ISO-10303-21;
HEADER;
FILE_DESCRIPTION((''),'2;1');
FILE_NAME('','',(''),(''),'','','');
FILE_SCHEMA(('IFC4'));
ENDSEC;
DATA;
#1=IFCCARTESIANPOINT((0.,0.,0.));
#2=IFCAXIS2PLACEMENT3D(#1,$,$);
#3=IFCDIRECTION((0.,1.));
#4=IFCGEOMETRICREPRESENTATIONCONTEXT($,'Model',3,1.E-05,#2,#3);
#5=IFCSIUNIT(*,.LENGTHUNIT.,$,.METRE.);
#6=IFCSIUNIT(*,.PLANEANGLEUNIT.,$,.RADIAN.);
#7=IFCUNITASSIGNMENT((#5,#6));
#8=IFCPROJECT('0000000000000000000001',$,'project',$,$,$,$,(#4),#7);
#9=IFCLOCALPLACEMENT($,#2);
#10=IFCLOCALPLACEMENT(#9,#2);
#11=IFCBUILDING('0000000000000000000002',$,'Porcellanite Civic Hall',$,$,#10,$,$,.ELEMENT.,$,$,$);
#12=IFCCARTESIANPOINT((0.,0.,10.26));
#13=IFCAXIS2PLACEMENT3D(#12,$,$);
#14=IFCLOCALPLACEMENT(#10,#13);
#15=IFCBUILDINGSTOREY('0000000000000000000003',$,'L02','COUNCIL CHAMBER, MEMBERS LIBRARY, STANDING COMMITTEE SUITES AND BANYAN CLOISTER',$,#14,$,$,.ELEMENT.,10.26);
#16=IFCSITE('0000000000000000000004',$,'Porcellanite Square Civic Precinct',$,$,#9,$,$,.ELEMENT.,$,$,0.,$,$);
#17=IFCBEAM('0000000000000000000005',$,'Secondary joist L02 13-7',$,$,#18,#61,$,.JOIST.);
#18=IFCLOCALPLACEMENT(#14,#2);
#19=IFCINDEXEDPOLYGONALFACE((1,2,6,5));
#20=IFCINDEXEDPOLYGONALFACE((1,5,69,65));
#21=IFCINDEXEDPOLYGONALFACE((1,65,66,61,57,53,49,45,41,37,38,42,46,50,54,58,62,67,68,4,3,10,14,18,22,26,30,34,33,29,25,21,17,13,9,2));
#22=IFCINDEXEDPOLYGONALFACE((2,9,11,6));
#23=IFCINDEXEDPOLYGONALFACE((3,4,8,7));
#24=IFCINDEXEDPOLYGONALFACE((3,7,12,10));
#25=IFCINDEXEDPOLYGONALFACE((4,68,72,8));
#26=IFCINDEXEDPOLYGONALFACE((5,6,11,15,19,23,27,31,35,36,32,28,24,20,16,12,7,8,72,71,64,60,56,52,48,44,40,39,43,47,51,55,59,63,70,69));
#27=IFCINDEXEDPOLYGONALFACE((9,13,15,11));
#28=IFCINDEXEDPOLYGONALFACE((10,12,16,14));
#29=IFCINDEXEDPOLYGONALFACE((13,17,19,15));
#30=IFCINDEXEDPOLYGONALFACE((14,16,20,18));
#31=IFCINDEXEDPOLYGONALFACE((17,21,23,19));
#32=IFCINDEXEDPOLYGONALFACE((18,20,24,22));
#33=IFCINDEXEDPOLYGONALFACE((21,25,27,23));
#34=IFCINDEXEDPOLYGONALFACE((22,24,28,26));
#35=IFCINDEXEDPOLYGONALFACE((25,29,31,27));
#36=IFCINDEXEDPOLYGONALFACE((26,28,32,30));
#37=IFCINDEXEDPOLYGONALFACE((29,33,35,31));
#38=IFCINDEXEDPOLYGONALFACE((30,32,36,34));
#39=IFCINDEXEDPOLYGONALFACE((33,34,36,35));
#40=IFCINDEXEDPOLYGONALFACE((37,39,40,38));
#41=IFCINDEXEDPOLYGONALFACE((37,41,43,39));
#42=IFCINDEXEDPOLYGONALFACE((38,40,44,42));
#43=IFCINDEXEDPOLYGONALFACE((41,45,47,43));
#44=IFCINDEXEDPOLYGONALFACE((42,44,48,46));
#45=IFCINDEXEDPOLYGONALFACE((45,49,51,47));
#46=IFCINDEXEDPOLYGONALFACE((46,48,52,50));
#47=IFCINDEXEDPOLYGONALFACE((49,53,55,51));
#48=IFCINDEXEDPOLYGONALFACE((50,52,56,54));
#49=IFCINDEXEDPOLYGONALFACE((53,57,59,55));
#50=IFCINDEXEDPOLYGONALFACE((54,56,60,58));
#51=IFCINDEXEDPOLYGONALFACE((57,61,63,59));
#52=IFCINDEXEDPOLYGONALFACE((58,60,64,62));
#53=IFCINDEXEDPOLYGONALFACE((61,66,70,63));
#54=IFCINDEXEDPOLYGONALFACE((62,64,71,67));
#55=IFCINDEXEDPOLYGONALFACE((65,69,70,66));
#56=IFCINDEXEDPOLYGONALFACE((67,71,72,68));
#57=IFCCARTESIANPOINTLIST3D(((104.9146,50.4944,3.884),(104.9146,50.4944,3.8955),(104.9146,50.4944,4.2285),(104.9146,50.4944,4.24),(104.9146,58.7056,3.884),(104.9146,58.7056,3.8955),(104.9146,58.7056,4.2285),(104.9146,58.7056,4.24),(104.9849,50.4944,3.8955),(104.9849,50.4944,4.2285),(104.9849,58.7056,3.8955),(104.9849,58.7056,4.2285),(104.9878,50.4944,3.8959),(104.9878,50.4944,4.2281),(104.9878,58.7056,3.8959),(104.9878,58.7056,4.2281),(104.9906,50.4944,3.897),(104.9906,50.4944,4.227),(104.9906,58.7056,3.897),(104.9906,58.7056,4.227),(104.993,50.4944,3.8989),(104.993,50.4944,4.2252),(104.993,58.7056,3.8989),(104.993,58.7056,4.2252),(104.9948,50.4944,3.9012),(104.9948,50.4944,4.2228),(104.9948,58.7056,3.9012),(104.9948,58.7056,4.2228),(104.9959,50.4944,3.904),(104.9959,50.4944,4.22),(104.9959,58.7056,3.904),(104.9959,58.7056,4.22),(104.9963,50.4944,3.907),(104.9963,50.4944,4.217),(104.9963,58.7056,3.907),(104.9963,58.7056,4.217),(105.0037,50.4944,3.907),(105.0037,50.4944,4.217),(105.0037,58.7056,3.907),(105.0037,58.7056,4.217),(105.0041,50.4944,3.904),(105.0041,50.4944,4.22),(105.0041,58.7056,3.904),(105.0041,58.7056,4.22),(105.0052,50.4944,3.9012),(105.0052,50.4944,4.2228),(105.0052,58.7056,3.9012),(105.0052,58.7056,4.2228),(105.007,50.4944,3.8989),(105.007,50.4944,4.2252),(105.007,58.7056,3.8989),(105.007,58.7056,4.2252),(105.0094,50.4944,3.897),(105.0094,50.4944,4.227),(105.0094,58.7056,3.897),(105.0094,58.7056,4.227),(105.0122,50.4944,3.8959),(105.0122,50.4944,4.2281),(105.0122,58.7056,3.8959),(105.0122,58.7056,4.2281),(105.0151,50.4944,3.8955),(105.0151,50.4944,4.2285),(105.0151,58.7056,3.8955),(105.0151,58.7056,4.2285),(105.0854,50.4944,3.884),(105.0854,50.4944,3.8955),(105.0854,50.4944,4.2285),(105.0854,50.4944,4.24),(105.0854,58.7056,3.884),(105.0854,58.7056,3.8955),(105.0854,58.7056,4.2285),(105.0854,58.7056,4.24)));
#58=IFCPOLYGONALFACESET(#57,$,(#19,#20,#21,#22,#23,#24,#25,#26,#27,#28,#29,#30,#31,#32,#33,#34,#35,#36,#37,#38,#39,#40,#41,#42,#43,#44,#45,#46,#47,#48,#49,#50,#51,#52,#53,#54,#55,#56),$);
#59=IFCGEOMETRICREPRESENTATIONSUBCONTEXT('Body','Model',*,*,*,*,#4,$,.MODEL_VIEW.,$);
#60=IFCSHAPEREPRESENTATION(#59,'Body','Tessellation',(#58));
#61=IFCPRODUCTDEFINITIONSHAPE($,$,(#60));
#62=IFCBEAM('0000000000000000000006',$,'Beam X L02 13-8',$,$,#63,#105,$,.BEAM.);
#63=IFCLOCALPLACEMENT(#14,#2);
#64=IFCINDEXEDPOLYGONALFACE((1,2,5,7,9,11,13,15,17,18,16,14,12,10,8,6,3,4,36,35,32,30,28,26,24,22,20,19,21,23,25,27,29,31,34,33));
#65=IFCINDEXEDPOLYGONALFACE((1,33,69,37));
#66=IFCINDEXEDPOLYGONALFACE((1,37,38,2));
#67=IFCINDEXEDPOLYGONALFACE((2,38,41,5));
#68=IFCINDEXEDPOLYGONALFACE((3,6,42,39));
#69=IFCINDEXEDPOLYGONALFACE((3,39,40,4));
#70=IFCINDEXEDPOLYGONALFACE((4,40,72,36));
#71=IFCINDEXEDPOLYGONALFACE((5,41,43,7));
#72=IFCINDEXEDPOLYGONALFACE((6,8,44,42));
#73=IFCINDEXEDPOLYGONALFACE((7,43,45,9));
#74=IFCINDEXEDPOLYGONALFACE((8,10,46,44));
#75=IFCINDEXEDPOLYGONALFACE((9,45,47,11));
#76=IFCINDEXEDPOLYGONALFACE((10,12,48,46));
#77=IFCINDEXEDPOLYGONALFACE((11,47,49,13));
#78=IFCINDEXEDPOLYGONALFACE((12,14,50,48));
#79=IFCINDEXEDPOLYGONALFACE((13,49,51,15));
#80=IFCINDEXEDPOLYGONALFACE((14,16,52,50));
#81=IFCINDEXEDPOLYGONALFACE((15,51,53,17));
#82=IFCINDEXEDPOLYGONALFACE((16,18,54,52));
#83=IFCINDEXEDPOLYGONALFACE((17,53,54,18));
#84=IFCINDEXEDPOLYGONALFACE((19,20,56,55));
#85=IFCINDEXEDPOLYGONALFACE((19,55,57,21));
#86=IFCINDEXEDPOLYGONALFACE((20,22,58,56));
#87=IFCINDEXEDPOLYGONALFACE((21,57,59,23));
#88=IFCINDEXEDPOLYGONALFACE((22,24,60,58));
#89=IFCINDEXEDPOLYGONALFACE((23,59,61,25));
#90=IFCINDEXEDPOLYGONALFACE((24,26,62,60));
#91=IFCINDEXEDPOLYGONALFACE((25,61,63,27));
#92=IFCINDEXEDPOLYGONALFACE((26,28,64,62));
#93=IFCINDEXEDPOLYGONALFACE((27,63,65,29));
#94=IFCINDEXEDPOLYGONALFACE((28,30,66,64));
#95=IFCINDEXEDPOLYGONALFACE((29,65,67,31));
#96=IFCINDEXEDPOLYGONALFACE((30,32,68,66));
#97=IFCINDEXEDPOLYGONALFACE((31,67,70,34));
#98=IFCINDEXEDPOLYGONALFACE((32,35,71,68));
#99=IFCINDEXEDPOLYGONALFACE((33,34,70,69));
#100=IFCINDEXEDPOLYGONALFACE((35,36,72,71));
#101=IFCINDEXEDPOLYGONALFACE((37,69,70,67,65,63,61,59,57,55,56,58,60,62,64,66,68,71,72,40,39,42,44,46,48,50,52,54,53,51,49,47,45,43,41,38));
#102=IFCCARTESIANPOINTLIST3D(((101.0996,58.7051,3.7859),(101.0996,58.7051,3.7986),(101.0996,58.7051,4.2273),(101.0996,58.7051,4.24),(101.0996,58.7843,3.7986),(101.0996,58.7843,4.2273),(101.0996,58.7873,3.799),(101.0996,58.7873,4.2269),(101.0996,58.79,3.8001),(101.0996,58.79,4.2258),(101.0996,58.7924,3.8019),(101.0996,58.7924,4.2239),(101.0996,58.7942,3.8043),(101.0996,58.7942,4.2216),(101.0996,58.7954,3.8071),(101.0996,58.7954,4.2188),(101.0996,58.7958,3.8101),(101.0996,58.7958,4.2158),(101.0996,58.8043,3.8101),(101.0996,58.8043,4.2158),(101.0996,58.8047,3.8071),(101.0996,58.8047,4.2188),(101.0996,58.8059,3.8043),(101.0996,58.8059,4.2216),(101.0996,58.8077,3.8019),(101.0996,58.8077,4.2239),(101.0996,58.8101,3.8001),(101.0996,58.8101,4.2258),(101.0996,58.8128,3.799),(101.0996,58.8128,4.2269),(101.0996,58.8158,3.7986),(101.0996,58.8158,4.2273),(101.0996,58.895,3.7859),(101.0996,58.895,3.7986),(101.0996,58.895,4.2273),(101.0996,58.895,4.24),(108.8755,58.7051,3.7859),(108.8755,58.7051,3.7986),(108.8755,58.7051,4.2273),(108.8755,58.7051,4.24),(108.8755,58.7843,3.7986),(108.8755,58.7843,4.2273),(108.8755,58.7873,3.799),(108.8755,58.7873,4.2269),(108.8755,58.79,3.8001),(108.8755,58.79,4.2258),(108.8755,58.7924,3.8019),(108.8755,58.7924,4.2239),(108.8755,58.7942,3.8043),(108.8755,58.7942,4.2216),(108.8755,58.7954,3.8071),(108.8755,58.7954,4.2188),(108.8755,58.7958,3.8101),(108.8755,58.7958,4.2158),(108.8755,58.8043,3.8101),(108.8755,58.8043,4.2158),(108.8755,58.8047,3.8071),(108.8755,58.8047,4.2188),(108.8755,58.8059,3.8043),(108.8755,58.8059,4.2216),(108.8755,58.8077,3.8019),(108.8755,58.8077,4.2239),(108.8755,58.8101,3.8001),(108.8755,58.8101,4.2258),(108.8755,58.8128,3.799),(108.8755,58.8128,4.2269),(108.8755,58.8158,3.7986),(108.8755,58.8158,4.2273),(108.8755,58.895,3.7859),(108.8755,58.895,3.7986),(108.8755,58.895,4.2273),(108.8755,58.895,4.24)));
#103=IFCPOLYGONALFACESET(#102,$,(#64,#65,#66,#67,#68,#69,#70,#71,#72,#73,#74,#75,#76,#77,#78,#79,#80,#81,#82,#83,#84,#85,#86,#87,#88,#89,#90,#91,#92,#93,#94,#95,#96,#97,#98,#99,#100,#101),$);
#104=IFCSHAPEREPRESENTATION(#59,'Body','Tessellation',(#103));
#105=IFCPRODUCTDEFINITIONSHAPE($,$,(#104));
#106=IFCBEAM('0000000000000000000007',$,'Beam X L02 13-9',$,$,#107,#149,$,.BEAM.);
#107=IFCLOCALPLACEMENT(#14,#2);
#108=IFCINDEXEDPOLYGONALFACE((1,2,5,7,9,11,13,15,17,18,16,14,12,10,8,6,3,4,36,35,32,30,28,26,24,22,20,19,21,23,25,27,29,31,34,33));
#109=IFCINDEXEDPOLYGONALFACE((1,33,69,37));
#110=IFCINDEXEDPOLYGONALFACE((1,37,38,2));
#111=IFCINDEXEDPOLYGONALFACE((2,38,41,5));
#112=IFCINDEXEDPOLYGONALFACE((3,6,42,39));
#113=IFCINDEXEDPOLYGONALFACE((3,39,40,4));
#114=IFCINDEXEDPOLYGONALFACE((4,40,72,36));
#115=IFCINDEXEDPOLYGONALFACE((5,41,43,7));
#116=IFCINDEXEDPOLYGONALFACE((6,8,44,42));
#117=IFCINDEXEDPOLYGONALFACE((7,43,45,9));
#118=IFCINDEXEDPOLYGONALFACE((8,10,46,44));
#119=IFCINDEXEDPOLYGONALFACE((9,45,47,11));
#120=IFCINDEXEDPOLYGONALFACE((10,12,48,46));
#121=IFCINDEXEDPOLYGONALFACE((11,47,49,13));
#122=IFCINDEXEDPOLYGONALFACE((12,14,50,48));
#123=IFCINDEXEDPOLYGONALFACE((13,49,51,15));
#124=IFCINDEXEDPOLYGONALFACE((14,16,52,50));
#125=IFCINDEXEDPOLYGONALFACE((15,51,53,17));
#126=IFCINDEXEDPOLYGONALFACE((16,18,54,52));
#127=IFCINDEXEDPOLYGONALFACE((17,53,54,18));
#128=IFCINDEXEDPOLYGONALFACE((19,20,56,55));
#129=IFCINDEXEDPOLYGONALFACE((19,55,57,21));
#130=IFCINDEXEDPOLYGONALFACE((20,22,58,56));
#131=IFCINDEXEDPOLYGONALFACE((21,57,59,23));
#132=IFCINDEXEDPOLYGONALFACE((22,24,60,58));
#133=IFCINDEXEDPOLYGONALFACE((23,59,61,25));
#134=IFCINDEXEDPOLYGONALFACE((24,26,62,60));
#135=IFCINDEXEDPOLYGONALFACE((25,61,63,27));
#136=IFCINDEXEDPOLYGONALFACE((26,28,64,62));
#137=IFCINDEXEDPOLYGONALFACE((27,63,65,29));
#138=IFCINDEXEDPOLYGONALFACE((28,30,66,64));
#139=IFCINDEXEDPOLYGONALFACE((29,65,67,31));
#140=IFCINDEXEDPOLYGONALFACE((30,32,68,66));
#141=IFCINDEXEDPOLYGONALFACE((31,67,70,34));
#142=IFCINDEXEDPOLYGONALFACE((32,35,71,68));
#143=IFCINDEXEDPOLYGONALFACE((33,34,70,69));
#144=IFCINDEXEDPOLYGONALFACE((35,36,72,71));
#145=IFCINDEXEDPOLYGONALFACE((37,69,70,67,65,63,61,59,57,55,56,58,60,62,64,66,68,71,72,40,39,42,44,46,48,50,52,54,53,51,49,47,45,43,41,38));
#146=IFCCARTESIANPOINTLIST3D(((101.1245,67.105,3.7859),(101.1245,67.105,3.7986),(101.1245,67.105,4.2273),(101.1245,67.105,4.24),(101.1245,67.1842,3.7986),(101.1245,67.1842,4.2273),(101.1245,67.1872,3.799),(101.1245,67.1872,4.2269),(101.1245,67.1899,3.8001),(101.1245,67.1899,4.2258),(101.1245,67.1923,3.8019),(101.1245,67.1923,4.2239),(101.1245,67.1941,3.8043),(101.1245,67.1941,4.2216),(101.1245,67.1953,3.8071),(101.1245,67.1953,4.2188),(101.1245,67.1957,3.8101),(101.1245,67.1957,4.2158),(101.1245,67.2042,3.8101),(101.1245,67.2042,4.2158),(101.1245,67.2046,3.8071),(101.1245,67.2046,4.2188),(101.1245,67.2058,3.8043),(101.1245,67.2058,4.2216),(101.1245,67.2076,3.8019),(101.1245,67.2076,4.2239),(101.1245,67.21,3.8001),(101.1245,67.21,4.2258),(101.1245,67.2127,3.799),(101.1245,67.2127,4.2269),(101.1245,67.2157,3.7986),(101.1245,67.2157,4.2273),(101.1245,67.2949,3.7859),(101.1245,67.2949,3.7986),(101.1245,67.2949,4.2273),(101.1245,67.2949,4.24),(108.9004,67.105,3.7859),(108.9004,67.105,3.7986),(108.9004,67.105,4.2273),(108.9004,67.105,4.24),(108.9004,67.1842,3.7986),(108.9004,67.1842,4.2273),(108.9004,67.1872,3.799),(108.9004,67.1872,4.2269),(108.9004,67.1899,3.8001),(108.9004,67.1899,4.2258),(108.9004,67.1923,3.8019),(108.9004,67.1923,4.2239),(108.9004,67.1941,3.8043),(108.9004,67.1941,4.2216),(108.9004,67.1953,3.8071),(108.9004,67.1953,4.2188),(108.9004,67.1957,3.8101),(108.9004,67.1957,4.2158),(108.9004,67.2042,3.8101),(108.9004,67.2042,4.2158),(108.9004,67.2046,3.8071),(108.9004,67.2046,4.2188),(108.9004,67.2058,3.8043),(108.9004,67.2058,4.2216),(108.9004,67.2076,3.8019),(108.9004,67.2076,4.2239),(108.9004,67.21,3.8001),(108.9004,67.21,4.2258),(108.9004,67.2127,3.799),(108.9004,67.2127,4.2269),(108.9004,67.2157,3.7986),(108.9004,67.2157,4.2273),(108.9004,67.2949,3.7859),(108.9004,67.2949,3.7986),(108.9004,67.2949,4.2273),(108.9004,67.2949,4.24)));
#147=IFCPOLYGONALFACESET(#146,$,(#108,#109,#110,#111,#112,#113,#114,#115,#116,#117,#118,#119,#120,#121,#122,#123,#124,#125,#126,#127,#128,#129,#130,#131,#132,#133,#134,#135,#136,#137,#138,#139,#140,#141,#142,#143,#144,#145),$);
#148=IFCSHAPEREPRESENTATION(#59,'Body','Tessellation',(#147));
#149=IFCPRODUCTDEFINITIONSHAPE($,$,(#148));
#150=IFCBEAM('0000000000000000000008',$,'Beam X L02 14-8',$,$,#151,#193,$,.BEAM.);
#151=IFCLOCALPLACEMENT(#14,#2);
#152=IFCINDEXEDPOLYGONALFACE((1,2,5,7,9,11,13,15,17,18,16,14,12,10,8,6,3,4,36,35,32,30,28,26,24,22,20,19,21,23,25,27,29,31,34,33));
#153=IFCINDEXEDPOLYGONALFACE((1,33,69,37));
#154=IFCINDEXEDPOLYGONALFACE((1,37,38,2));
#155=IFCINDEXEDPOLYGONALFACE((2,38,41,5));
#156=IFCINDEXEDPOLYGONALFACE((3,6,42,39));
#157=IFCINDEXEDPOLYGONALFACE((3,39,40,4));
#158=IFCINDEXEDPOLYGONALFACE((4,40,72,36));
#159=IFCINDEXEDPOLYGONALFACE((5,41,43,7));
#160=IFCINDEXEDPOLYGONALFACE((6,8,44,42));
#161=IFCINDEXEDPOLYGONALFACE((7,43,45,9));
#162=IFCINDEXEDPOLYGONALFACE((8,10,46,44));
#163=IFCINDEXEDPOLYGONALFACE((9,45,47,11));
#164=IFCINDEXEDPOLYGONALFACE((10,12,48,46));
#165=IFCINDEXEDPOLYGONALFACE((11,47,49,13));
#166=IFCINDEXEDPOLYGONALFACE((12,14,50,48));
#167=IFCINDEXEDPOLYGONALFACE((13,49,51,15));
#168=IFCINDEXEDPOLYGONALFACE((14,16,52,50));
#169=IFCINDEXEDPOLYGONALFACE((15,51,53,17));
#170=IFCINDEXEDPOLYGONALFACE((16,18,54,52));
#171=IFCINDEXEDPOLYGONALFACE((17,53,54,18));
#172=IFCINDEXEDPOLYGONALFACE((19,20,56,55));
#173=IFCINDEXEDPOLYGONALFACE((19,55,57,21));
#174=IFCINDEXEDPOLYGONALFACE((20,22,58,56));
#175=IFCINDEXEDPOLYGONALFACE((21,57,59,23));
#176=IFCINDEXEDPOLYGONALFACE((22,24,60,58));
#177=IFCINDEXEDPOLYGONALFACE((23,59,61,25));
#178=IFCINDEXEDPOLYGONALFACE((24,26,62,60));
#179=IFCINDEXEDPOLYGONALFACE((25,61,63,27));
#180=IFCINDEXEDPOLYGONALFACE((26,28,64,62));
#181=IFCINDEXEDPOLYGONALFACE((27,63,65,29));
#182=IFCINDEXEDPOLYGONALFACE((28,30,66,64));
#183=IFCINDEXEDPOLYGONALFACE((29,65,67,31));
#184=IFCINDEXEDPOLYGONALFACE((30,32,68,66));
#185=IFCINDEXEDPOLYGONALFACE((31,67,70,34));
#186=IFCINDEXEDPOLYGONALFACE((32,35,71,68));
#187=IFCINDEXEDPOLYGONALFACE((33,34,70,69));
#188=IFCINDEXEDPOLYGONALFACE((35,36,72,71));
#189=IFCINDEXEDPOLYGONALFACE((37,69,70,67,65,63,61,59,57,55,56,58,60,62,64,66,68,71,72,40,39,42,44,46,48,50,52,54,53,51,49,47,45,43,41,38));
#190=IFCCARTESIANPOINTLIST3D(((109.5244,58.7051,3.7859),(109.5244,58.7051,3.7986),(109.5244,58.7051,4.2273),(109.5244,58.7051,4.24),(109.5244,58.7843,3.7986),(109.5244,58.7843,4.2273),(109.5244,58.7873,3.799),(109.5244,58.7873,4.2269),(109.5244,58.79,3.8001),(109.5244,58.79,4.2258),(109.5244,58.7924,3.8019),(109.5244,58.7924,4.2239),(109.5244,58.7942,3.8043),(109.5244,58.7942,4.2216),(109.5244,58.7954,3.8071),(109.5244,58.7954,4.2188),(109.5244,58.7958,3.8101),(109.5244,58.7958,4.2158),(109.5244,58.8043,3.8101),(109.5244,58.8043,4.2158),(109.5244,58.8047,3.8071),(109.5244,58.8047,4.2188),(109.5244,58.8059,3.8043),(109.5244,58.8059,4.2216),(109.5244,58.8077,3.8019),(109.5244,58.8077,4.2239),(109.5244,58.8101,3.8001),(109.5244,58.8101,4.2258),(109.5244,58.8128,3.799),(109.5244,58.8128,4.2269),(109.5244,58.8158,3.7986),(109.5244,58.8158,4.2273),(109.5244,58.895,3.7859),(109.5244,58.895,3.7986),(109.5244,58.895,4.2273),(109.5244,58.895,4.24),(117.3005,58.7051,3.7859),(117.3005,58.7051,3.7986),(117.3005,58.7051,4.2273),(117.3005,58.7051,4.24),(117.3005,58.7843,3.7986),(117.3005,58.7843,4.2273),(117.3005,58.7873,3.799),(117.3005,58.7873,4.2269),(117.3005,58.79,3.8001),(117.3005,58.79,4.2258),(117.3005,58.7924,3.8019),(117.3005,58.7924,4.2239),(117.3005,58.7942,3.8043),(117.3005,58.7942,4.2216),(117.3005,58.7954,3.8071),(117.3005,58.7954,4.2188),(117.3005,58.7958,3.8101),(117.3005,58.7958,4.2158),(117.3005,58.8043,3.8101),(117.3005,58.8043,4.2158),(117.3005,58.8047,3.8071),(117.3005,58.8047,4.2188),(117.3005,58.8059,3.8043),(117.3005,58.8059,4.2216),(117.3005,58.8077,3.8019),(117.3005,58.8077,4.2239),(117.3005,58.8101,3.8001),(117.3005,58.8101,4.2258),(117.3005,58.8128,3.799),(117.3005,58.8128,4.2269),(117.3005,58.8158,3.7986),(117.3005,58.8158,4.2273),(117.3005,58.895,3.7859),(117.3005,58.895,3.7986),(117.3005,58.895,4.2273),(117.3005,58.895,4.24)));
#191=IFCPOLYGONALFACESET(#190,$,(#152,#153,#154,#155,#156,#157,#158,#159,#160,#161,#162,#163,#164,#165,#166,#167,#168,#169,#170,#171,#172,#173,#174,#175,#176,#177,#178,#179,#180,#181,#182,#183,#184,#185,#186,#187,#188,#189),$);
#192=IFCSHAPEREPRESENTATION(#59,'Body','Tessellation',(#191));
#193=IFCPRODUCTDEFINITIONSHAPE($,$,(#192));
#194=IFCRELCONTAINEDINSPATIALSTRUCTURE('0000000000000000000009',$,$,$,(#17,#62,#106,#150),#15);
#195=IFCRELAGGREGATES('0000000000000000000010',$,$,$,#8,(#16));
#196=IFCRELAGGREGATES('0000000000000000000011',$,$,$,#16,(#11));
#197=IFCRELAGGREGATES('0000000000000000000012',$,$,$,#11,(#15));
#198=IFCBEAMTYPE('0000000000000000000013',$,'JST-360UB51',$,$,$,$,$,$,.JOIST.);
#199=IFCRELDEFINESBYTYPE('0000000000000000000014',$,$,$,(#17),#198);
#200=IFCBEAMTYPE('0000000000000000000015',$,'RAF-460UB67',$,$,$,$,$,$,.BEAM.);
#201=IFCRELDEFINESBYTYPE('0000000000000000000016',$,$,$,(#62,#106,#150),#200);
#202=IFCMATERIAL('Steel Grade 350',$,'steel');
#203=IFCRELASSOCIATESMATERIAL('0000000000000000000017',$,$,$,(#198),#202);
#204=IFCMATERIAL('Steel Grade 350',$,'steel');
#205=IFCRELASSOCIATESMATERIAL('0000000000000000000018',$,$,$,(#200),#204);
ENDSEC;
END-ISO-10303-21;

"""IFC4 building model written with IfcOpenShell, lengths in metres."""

from ifc_helpers import new_model, si_unit, direction, frame, origin, origin_2d, place, context, subcontext, project, spatial, i_section, extrude, material, material_profile, profile_set, type_object, element, save


model = new_model("IFC4")

# Units and contexts
model_context = context("Model", 3, precision=1e-05, world=origin(), true_north=direction((0.0, 1.0)))
body_context = subcontext(model_context, "Body", "Model", "MODEL_VIEW")
ifc_project = project(units=[si_unit("LENGTHUNIT", "METRE"), si_unit("PLANEANGLEUNIT", "RADIAN")], contexts=[model_context])

# Site, building, storey
site_placement = place(None, origin())
site = spatial("IfcSite", under=ifc_project, at=site_placement, Name="Porcellanite Square Civic Precinct", CompositionType="ELEMENT", RefElevation=0.0)
building_placement = place(site_placement, origin())
building = spatial("IfcBuilding", under=site, at=building_placement, Name="Porcellanite Civic Hall", CompositionType="ELEMENT")
storey_placement = place(building_placement, frame((0.0, 0.0, 10.26)))
storey = spatial("IfcBuildingStorey", under=building, at=storey_placement, Name="L02", Description="COUNCIL CHAMBER, MEMBERS LIBRARY, STANDING COMMITTEE SUITES AND BANYAN CLOISTER", CompositionType="ELEMENT", Elevation=10.26)

# Beams
ifc_material_1 = material(Name="Steel Grade 350", Category="steel")
ifc_material_profile_1 = material_profile(ifc_material_1, i_section(OverallWidth=0.1709, OverallDepth=0.356, WebThickness=0.0073, FlangeThickness=0.0115, FilletRadius=0.0115, at=origin_2d()), Name="360UB50.7")
ifc_profile_set_1 = profile_set([ifc_material_profile_1], Name="Steel Grade 350")
beam_type_1 = type_object("IfcBeamType", Name="JST-360UB51", PredefinedType="JOIST", material=ifc_profile_set_1)
beam_1_placement = place(storey_placement, frame((105.0, 50.4944, 4.062), z_axis=(0.0, 1.0, 0.0), x_axis=(-1.0, 0.0, 0.0)))
element("IfcBeam", 1, at=beam_1_placement, inside=storey, type_object=beam_type_1, Name="Secondary joist L02 13-7", PredefinedType="JOIST", context=body_context, shape_type="SweptSolid", body=[
    extrude(i_section(OverallWidth=0.1709, OverallDepth=0.356, WebThickness=0.0073, FlangeThickness=0.0115, FilletRadius=0.0115, at=origin_2d()), origin(), (0.0, 0.0, 1.0), 8.2112),
])
ifc_material_2 = material(Name="Steel Grade 350", Category="steel")
ifc_material_profile_2 = material_profile(ifc_material_2, i_section(OverallWidth=0.1899, OverallDepth=0.4541, WebThickness=0.0085, FlangeThickness=0.0127, FilletRadius=0.0115, at=origin_2d()), Name="460UB67.1")
ifc_profile_set_2 = profile_set([ifc_material_profile_2], Name="Steel Grade 350")
beam_type_2 = type_object("IfcBeamType", Name="RAF-460UB67", PredefinedType="BEAM", material=ifc_profile_set_2)
for number, where, z_axis, x_axis, name in (
    (2, (101.0996, 58.8, 4.0129), (1.0, 0.0, 0.0), (0.0, 1.0, 0.0), "Beam X L02 13-8"),
    (3, (101.1245, 67.2, 4.0129), (1.0, 0.0, 0.0), (0.0, 1.0, 0.0), "Beam X L02 13-9"),
):
    element("IfcBeam", number, at=place(storey_placement, frame(where, z_axis=z_axis, x_axis=x_axis)), inside=storey, type_object=beam_type_2, Name=name, PredefinedType="BEAM", context=body_context, shape_type="SweptSolid", body=[
        extrude(i_section(OverallWidth=0.1899, OverallDepth=0.4541, WebThickness=0.0085, FlangeThickness=0.0127, FilletRadius=0.0115, at=origin_2d()), origin(), (0.0, 0.0, 1.0), 7.7759),
    ])
beam_2_placement = place(storey_placement, frame((109.5244, 58.8, 4.0129), z_axis=(1.0, 0.0, 0.0), x_axis=(0.0, 1.0, 0.0)))
element("IfcBeam", 4, at=beam_2_placement, inside=storey, type_object=beam_type_2, Name="Beam X L02 14-8", PredefinedType="BEAM", context=body_context, shape_type="SweptSolid", body=[
    extrude(i_section(OverallWidth=0.1899, OverallDepth=0.4541, WebThickness=0.0085, FlangeThickness=0.0127, FilletRadius=0.0115, at=origin_2d()), origin(), (0.0, 0.0, 1.0), 7.7761),
])

save(model, "model.ifc")
